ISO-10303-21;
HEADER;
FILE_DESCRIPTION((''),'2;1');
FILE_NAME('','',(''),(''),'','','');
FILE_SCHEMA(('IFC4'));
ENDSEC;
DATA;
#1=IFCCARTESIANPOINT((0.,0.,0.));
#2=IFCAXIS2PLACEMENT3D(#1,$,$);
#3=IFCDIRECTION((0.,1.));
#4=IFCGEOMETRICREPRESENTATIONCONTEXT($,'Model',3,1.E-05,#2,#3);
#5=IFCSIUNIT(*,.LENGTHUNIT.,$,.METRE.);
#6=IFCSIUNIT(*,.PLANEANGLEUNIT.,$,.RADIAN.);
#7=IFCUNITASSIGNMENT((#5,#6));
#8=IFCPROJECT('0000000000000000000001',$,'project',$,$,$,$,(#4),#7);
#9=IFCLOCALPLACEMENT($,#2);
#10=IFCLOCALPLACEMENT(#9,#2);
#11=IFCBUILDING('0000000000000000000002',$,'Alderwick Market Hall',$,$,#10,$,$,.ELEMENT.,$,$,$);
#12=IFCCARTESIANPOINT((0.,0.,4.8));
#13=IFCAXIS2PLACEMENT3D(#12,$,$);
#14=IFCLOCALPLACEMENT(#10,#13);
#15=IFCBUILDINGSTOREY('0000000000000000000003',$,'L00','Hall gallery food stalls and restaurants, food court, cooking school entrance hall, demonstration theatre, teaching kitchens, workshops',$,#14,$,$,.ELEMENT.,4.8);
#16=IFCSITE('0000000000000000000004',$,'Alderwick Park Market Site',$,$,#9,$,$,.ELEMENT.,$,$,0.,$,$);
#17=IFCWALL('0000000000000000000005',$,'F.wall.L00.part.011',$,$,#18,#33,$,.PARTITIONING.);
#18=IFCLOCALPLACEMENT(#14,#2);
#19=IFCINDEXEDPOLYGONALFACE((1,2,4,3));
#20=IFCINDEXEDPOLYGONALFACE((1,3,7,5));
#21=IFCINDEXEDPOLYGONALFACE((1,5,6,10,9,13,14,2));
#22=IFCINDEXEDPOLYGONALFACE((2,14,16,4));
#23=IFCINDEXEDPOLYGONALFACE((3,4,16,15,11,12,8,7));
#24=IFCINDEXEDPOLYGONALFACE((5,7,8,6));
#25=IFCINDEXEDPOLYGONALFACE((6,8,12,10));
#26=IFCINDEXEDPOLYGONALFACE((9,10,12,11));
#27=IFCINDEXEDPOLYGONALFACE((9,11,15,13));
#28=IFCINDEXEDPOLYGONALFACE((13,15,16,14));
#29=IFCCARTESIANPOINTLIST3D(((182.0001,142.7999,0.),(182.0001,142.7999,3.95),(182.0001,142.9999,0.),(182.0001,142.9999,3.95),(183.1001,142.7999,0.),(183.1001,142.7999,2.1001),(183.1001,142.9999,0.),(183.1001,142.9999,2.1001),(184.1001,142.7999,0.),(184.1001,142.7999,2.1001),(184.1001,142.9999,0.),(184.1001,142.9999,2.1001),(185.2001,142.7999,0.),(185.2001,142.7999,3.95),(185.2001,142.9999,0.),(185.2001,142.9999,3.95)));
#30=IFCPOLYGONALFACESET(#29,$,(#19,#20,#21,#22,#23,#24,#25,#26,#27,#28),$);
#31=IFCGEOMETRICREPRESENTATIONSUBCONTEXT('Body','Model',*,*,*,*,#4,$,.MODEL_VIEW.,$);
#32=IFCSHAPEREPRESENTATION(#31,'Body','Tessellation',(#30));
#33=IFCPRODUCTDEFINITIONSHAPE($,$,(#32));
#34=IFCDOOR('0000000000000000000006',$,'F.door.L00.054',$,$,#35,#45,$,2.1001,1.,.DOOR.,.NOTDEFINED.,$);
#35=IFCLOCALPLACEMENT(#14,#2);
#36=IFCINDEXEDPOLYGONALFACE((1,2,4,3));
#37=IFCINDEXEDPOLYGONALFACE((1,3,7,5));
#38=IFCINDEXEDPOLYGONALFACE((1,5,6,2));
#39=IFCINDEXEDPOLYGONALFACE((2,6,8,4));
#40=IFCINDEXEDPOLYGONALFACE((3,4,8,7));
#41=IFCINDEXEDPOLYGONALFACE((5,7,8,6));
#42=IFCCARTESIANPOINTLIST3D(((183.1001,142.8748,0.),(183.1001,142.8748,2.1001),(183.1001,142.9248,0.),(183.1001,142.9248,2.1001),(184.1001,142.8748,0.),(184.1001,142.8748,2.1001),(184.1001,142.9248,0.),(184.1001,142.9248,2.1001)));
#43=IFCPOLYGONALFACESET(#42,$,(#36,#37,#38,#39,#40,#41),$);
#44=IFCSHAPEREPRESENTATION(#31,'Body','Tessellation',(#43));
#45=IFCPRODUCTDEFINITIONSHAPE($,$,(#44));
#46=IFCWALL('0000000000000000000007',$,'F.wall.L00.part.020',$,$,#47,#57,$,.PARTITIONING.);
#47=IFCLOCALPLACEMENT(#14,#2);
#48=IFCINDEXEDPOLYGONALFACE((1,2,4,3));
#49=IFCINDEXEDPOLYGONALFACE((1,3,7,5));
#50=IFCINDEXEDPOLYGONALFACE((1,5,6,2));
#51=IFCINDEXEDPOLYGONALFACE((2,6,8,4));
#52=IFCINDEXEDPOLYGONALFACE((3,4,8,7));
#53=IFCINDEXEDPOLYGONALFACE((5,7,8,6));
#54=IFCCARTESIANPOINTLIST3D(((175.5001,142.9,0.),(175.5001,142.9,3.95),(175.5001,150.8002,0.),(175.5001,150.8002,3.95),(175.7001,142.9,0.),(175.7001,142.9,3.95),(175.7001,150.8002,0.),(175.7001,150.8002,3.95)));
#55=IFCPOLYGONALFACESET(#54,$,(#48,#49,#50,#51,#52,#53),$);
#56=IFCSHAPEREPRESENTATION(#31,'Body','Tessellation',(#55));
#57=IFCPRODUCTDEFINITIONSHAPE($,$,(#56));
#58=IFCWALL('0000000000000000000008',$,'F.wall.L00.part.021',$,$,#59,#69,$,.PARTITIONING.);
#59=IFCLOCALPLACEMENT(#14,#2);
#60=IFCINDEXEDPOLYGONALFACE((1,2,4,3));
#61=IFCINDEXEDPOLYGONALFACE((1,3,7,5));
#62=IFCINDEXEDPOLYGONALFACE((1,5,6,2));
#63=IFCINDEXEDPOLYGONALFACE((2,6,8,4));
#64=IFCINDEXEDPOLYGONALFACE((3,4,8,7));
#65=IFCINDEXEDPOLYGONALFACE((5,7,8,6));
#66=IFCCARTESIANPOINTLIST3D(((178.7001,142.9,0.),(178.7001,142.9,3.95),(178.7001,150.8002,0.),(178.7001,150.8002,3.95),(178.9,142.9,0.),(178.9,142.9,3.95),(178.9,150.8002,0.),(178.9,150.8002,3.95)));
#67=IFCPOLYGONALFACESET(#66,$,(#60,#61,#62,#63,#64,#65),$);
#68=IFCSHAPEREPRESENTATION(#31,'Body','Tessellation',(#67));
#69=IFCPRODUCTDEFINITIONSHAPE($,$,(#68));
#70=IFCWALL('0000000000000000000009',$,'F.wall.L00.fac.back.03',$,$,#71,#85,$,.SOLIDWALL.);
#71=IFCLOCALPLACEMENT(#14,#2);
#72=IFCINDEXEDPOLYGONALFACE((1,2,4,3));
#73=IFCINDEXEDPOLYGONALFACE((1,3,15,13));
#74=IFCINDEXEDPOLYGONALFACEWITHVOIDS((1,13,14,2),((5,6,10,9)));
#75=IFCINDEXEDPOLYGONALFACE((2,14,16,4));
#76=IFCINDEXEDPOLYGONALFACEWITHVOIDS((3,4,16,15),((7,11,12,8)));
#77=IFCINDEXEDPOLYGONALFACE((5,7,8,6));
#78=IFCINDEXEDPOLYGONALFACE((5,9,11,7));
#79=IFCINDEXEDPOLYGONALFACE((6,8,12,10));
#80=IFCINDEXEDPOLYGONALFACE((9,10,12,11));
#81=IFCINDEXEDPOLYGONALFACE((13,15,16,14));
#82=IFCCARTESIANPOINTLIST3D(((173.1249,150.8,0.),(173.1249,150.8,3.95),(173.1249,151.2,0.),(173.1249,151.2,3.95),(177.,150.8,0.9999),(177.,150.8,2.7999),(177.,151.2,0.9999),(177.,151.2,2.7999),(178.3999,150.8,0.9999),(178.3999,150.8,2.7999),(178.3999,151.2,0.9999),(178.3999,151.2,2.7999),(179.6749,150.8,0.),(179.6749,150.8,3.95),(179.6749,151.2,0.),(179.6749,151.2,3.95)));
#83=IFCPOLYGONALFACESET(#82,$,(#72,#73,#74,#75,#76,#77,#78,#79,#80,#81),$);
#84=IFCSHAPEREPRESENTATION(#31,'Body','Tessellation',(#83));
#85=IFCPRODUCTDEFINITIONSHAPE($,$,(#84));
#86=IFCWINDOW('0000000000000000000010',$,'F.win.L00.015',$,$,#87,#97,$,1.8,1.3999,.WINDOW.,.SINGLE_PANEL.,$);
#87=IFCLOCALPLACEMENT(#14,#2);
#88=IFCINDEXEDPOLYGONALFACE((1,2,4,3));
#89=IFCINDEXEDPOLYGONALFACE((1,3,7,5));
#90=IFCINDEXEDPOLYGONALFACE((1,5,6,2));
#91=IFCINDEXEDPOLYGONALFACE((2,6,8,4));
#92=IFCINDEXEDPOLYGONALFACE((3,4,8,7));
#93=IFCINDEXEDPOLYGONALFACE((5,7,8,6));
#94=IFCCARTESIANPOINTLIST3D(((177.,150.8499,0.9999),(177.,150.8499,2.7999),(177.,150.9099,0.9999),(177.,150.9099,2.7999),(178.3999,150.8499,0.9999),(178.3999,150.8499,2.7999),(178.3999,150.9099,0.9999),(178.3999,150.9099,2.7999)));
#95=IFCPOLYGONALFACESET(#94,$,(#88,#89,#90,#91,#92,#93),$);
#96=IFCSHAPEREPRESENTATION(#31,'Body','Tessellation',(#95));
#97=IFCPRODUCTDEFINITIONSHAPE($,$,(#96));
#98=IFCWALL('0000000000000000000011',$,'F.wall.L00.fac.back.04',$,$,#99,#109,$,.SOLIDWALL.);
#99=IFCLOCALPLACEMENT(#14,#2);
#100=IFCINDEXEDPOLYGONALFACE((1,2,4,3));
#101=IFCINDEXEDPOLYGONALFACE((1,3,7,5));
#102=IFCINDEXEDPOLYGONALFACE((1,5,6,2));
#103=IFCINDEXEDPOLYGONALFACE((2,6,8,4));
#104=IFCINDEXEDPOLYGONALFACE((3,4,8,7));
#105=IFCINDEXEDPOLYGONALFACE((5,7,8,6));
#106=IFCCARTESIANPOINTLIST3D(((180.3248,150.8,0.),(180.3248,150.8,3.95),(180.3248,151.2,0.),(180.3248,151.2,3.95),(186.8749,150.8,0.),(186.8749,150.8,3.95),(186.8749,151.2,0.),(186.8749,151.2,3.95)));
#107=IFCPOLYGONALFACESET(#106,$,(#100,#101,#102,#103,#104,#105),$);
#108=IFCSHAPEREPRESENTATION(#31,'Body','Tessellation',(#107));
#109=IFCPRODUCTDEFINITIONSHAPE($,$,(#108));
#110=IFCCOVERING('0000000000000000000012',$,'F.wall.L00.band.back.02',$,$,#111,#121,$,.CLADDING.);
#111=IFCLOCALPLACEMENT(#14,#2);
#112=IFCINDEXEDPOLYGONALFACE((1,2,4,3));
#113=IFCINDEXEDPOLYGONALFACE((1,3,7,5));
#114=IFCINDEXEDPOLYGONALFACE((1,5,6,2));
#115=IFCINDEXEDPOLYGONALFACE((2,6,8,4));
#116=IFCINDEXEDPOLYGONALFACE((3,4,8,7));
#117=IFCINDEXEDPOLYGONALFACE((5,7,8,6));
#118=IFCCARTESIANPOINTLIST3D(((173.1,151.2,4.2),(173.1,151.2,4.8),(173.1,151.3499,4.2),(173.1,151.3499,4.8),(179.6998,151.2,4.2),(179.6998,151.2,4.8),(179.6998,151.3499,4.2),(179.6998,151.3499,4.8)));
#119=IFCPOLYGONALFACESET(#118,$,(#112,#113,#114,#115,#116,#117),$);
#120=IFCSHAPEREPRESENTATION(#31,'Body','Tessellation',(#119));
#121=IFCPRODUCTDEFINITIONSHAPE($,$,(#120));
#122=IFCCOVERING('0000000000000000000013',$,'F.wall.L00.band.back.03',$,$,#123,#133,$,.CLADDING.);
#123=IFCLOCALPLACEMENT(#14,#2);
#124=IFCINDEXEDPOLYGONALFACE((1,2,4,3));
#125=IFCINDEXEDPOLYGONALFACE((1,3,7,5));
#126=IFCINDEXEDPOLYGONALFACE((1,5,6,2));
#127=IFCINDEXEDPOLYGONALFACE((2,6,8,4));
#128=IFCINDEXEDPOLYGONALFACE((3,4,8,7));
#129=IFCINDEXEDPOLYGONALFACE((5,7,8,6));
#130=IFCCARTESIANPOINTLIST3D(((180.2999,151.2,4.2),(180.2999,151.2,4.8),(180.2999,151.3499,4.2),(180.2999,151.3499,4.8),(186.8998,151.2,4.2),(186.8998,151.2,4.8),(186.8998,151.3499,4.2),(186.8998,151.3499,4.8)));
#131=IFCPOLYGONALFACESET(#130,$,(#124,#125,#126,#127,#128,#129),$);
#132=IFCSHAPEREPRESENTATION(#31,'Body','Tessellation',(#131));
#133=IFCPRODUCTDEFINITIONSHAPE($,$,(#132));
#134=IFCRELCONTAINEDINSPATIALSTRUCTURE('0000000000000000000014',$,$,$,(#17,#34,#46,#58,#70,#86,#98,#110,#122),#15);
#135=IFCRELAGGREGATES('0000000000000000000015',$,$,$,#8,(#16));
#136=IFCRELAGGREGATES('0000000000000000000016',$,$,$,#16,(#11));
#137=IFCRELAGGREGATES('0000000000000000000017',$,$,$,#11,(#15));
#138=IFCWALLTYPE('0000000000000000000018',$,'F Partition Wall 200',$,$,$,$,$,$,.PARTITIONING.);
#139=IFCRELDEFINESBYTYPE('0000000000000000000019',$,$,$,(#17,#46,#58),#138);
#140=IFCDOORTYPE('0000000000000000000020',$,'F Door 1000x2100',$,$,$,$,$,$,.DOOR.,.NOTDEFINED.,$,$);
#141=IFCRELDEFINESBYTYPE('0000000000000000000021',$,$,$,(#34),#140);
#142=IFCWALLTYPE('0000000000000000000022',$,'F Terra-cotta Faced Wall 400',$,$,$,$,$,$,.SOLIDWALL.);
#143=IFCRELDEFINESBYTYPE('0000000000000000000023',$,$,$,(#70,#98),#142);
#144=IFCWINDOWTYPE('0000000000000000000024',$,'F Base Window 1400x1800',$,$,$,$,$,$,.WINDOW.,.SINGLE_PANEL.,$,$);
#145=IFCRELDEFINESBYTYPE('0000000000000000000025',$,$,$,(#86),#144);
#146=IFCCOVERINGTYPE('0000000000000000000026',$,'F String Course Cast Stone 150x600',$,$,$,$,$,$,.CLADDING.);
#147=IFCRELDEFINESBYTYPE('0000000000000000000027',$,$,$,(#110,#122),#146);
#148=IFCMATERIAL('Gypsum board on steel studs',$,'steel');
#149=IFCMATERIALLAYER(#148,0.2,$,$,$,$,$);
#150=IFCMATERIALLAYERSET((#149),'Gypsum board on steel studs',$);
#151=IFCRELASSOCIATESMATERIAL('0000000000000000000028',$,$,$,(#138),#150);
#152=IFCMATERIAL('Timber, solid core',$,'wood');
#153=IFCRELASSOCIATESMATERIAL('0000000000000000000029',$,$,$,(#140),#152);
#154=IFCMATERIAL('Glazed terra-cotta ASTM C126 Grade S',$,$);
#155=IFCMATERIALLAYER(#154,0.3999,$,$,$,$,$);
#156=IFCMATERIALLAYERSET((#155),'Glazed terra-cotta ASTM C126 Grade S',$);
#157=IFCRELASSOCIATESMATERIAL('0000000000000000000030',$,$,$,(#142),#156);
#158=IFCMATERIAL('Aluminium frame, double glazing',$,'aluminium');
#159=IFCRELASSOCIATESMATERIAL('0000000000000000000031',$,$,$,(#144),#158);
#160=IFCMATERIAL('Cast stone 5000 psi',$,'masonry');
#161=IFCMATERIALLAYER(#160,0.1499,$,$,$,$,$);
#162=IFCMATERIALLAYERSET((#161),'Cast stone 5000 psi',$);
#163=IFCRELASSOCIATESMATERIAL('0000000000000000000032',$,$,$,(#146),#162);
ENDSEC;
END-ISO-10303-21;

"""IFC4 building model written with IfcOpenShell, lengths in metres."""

from ifc_helpers import new_model, si_unit, direction, frame, frame_2d, origin, place, context, subcontext, project, spatial, rectangle, extrude, material, layer, layer_set, type_object, element, fill, save


model = new_model("IFC4")

# Units and contexts
model_context = context("Model", 3, precision=1e-05, world=origin(), true_north=direction((0.0, 1.0)))
body_context = subcontext(model_context, "Body", "Model", "MODEL_VIEW")
ifc_project = project(units=[si_unit("LENGTHUNIT", "METRE"), si_unit("PLANEANGLEUNIT", "RADIAN")], contexts=[model_context])

# Site, building, storey
site_placement = place(None, origin())
site = spatial("IfcSite", under=ifc_project, at=site_placement, Name="Alderwick Park Market Site", CompositionType="ELEMENT", RefElevation=0.0)
building_placement = place(site_placement, origin())
building = spatial("IfcBuilding", under=site, at=building_placement, Name="Alderwick Market Hall", CompositionType="ELEMENT")
storey_placement = place(building_placement, frame((0.0, 0.0, 4.8)))
storey = spatial("IfcBuildingStorey", under=building, at=storey_placement, Name="L00", Description="Hall gallery food stalls and restaurants, food court, cooking school entrance hall, demonstration theatre, teaching kitchens, workshops", CompositionType="ELEMENT", Elevation=4.8)

# Wall, opening, door
ifc_material_1 = material(Name="Gypsum board on steel studs", Category="steel")
ifc_layer_1 = layer(ifc_material_1, 0.2)
ifc_layer_set_1 = layer_set([ifc_layer_1], Name="Gypsum board on steel studs")
wall_type_1 = type_object("IfcWallType", Name="F Partition Wall 200", PredefinedType="PARTITIONING", material=ifc_layer_set_1)
ifc_material_2 = material(Name="Timber, solid core", Category="wood")
door_type = type_object("IfcDoorType", Name="F Door 1000x2100", OperationType="NOTDEFINED", PredefinedType="DOOR", material=ifc_material_2)
wall_1_placement = place(storey_placement, frame((182.0, 142.8999, 0.0), z_axis=(0.0, 0.0, 1.0), x_axis=(1.0, 0.0, 0.0)))
wall_1 = element("IfcWall", 1, at=wall_1_placement, inside=storey, type_object=wall_type_1, Name="F.wall.L00.part.011", PredefinedType="PARTITIONING", context=body_context, shape_type="SweptSolid", body=[
    extrude(rectangle(XDim=3.2, YDim=0.2, at=frame_2d((1.6001, 0.0))), origin(), (0.0, 0.0, 1.0), 3.95),
])
opening_1_placement = place(wall_1_placement, frame((1.1001, 0.0, 0.0)))
opening_1 = element("IfcOpeningElement", 2, at=opening_1_placement, cuts=wall_1, PredefinedType="OPENING", context=body_context, shape_type="SweptSolid", body=[
    extrude(rectangle(XDim=1.0, YDim=2.1001, at=frame_2d((0.5, 1.05))), frame((0.0, 0.1099, 0.0), z_axis=(0.0, -1.0, 0.0), x_axis=(1.0, 0.0, 0.0)), (0.0, 0.0, 1.0), 0.22),
])
door_1_placement = place(opening_1_placement, origin())
door_1 = element("IfcDoor", 3, at=door_1_placement, inside=storey, type_object=door_type, Name="F.door.L00.054", OperationType="NOTDEFINED", OverallHeight=2.1001, OverallWidth=1.0, PredefinedType="DOOR", context=body_context, shape_type="SweptSolid", body=[
    extrude(rectangle(XDim=1.0, YDim=2.1001, at=frame_2d((0.5, 1.05))), frame((0.0, 0.0249, 0.0), z_axis=(0.0, -1.0, 0.0), x_axis=(1.0, 0.0, 0.0)), (0.0, 0.0, 1.0), 0.05),
])
fill(opening_1, door_1)

# Walls
for number, where, z_axis, x_axis, name in (
    (4, (175.6001, 142.8999, 0.0), (0.0, 0.0, 1.0), (0.0, 1.0, 0.0), "F.wall.L00.part.020"),
    (5, (178.8, 142.8999, 0.0), (0.0, 0.0, 1.0), (0.0, 1.0, 0.0), "F.wall.L00.part.021"),
):
    element("IfcWall", number, at=place(storey_placement, frame(where, z_axis=z_axis, x_axis=x_axis)), inside=storey, type_object=wall_type_1, Name=name, PredefinedType="PARTITIONING", context=body_context, shape_type="SweptSolid", body=[
        extrude(rectangle(XDim=7.9001, YDim=0.2, at=frame_2d((3.9502, 0.0))), origin(), (0.0, 0.0, 1.0), 3.95),
    ])

# Wall, opening, window
ifc_material_3 = material(Name="Glazed terra-cotta ASTM C126 Grade S")
ifc_layer_2 = layer(ifc_material_3, 0.3999)
ifc_layer_set_2 = layer_set([ifc_layer_2], Name="Glazed terra-cotta ASTM C126 Grade S")
wall_type_2 = type_object("IfcWallType", Name="F Terra-cotta Faced Wall 400", PredefinedType="SOLIDWALL", material=ifc_layer_set_2)
wall_2_placement = place(storey_placement, frame((173.125, 151.0, 0.0), z_axis=(0.0, 0.0, 1.0), x_axis=(1.0, 0.0, 0.0)))
wall_2 = element("IfcWall", 6, at=wall_2_placement, inside=storey, type_object=wall_type_2, Name="F.wall.L00.fac.back.03", PredefinedType="SOLIDWALL", context=body_context, shape_type="SweptSolid", body=[
    extrude(rectangle(XDim=6.55, YDim=0.3999, at=frame_2d((3.2749, 0.0))), origin(), (0.0, 0.0, 1.0), 3.95),
])
opening_2_placement = place(wall_2_placement, frame((3.875, 0.0, 1.0)))
opening_2 = element("IfcOpeningElement", 7, at=opening_2_placement, cuts=wall_2, PredefinedType="OPENING", context=body_context, shape_type="SweptSolid", body=[
    extrude(rectangle(XDim=1.3999, YDim=1.8, at=frame_2d((0.7, 0.8999))), frame((0.0, 0.21, 0.0), z_axis=(0.0, -1.0, 0.0), x_axis=(1.0, 0.0, 0.0)), (0.0, 0.0, 1.0), 0.4199),
])
ifc_material_4 = material(Name="Aluminium frame, double glazing", Category="aluminium")
window_type = type_object("IfcWindowType", Name="F Base Window 1400x1800", PartitioningType="SINGLE_PANEL", PredefinedType="WINDOW", material=ifc_material_4)
window_placement = place(opening_2_placement, origin())
window = element("IfcWindow", 8, at=window_placement, inside=storey, type_object=window_type, Name="F.win.L00.015", OverallHeight=1.8, OverallWidth=1.3999, PartitioningType="SINGLE_PANEL", PredefinedType="WINDOW", context=body_context, shape_type="SweptSolid", body=[
    extrude(rectangle(XDim=1.3999, YDim=1.8, at=frame_2d((0.7, 0.8999))), frame((0.0, -0.0901, 0.0), z_axis=(0.0, -1.0, 0.0), x_axis=(1.0, 0.0, 0.0)), (0.0, 0.0, 1.0), 0.0601),
])
fill(opening_2, window)

# Wall
wall_3_placement = place(storey_placement, frame((180.325, 151.0, 0.0), z_axis=(0.0, 0.0, 1.0), x_axis=(1.0, 0.0, 0.0)))
element("IfcWall", 9, at=wall_3_placement, inside=storey, type_object=wall_type_2, Name="F.wall.L00.fac.back.04", PredefinedType="SOLIDWALL", context=body_context, shape_type="SweptSolid", body=[
    extrude(rectangle(XDim=6.55, YDim=0.3999, at=frame_2d((3.2749, 0.0))), origin(), (0.0, 0.0, 1.0), 3.95),
])

# Coverings
ifc_material_5 = material(Name="Cast stone 5000 psi", Category="masonry")
ifc_layer_3 = layer(ifc_material_5, 0.1499)
ifc_layer_set_3 = layer_set([ifc_layer_3], Name="Cast stone 5000 psi")
covering_type = type_object("IfcCoveringType", Name="F String Course Cast Stone 150x600", PredefinedType="CLADDING", material=ifc_layer_set_3)
for number, where, z_axis, x_axis, name in (
    (10, (173.1001, 151.2749, 4.2), (0.0, 0.0, 1.0), (1.0, 0.0, 0.0), "F.wall.L00.band.back.02"),
    (11, (180.3, 151.2749, 4.2), (0.0, 0.0, 1.0), (1.0, 0.0, 0.0), "F.wall.L00.band.back.03"),
):
    element("IfcCovering", number, at=place(storey_placement, frame(where, z_axis=z_axis, x_axis=x_axis)), inside=storey, type_object=covering_type, Name=name, PredefinedType="CLADDING", context=body_context, shape_type="SweptSolid", body=[
        extrude(rectangle(XDim=6.5999, YDim=0.1499, at=frame_2d((3.2998, 0.0))), origin(), (0.0, 0.0, 1.0), 0.6001),
    ])

save(model, "model.ifc")
